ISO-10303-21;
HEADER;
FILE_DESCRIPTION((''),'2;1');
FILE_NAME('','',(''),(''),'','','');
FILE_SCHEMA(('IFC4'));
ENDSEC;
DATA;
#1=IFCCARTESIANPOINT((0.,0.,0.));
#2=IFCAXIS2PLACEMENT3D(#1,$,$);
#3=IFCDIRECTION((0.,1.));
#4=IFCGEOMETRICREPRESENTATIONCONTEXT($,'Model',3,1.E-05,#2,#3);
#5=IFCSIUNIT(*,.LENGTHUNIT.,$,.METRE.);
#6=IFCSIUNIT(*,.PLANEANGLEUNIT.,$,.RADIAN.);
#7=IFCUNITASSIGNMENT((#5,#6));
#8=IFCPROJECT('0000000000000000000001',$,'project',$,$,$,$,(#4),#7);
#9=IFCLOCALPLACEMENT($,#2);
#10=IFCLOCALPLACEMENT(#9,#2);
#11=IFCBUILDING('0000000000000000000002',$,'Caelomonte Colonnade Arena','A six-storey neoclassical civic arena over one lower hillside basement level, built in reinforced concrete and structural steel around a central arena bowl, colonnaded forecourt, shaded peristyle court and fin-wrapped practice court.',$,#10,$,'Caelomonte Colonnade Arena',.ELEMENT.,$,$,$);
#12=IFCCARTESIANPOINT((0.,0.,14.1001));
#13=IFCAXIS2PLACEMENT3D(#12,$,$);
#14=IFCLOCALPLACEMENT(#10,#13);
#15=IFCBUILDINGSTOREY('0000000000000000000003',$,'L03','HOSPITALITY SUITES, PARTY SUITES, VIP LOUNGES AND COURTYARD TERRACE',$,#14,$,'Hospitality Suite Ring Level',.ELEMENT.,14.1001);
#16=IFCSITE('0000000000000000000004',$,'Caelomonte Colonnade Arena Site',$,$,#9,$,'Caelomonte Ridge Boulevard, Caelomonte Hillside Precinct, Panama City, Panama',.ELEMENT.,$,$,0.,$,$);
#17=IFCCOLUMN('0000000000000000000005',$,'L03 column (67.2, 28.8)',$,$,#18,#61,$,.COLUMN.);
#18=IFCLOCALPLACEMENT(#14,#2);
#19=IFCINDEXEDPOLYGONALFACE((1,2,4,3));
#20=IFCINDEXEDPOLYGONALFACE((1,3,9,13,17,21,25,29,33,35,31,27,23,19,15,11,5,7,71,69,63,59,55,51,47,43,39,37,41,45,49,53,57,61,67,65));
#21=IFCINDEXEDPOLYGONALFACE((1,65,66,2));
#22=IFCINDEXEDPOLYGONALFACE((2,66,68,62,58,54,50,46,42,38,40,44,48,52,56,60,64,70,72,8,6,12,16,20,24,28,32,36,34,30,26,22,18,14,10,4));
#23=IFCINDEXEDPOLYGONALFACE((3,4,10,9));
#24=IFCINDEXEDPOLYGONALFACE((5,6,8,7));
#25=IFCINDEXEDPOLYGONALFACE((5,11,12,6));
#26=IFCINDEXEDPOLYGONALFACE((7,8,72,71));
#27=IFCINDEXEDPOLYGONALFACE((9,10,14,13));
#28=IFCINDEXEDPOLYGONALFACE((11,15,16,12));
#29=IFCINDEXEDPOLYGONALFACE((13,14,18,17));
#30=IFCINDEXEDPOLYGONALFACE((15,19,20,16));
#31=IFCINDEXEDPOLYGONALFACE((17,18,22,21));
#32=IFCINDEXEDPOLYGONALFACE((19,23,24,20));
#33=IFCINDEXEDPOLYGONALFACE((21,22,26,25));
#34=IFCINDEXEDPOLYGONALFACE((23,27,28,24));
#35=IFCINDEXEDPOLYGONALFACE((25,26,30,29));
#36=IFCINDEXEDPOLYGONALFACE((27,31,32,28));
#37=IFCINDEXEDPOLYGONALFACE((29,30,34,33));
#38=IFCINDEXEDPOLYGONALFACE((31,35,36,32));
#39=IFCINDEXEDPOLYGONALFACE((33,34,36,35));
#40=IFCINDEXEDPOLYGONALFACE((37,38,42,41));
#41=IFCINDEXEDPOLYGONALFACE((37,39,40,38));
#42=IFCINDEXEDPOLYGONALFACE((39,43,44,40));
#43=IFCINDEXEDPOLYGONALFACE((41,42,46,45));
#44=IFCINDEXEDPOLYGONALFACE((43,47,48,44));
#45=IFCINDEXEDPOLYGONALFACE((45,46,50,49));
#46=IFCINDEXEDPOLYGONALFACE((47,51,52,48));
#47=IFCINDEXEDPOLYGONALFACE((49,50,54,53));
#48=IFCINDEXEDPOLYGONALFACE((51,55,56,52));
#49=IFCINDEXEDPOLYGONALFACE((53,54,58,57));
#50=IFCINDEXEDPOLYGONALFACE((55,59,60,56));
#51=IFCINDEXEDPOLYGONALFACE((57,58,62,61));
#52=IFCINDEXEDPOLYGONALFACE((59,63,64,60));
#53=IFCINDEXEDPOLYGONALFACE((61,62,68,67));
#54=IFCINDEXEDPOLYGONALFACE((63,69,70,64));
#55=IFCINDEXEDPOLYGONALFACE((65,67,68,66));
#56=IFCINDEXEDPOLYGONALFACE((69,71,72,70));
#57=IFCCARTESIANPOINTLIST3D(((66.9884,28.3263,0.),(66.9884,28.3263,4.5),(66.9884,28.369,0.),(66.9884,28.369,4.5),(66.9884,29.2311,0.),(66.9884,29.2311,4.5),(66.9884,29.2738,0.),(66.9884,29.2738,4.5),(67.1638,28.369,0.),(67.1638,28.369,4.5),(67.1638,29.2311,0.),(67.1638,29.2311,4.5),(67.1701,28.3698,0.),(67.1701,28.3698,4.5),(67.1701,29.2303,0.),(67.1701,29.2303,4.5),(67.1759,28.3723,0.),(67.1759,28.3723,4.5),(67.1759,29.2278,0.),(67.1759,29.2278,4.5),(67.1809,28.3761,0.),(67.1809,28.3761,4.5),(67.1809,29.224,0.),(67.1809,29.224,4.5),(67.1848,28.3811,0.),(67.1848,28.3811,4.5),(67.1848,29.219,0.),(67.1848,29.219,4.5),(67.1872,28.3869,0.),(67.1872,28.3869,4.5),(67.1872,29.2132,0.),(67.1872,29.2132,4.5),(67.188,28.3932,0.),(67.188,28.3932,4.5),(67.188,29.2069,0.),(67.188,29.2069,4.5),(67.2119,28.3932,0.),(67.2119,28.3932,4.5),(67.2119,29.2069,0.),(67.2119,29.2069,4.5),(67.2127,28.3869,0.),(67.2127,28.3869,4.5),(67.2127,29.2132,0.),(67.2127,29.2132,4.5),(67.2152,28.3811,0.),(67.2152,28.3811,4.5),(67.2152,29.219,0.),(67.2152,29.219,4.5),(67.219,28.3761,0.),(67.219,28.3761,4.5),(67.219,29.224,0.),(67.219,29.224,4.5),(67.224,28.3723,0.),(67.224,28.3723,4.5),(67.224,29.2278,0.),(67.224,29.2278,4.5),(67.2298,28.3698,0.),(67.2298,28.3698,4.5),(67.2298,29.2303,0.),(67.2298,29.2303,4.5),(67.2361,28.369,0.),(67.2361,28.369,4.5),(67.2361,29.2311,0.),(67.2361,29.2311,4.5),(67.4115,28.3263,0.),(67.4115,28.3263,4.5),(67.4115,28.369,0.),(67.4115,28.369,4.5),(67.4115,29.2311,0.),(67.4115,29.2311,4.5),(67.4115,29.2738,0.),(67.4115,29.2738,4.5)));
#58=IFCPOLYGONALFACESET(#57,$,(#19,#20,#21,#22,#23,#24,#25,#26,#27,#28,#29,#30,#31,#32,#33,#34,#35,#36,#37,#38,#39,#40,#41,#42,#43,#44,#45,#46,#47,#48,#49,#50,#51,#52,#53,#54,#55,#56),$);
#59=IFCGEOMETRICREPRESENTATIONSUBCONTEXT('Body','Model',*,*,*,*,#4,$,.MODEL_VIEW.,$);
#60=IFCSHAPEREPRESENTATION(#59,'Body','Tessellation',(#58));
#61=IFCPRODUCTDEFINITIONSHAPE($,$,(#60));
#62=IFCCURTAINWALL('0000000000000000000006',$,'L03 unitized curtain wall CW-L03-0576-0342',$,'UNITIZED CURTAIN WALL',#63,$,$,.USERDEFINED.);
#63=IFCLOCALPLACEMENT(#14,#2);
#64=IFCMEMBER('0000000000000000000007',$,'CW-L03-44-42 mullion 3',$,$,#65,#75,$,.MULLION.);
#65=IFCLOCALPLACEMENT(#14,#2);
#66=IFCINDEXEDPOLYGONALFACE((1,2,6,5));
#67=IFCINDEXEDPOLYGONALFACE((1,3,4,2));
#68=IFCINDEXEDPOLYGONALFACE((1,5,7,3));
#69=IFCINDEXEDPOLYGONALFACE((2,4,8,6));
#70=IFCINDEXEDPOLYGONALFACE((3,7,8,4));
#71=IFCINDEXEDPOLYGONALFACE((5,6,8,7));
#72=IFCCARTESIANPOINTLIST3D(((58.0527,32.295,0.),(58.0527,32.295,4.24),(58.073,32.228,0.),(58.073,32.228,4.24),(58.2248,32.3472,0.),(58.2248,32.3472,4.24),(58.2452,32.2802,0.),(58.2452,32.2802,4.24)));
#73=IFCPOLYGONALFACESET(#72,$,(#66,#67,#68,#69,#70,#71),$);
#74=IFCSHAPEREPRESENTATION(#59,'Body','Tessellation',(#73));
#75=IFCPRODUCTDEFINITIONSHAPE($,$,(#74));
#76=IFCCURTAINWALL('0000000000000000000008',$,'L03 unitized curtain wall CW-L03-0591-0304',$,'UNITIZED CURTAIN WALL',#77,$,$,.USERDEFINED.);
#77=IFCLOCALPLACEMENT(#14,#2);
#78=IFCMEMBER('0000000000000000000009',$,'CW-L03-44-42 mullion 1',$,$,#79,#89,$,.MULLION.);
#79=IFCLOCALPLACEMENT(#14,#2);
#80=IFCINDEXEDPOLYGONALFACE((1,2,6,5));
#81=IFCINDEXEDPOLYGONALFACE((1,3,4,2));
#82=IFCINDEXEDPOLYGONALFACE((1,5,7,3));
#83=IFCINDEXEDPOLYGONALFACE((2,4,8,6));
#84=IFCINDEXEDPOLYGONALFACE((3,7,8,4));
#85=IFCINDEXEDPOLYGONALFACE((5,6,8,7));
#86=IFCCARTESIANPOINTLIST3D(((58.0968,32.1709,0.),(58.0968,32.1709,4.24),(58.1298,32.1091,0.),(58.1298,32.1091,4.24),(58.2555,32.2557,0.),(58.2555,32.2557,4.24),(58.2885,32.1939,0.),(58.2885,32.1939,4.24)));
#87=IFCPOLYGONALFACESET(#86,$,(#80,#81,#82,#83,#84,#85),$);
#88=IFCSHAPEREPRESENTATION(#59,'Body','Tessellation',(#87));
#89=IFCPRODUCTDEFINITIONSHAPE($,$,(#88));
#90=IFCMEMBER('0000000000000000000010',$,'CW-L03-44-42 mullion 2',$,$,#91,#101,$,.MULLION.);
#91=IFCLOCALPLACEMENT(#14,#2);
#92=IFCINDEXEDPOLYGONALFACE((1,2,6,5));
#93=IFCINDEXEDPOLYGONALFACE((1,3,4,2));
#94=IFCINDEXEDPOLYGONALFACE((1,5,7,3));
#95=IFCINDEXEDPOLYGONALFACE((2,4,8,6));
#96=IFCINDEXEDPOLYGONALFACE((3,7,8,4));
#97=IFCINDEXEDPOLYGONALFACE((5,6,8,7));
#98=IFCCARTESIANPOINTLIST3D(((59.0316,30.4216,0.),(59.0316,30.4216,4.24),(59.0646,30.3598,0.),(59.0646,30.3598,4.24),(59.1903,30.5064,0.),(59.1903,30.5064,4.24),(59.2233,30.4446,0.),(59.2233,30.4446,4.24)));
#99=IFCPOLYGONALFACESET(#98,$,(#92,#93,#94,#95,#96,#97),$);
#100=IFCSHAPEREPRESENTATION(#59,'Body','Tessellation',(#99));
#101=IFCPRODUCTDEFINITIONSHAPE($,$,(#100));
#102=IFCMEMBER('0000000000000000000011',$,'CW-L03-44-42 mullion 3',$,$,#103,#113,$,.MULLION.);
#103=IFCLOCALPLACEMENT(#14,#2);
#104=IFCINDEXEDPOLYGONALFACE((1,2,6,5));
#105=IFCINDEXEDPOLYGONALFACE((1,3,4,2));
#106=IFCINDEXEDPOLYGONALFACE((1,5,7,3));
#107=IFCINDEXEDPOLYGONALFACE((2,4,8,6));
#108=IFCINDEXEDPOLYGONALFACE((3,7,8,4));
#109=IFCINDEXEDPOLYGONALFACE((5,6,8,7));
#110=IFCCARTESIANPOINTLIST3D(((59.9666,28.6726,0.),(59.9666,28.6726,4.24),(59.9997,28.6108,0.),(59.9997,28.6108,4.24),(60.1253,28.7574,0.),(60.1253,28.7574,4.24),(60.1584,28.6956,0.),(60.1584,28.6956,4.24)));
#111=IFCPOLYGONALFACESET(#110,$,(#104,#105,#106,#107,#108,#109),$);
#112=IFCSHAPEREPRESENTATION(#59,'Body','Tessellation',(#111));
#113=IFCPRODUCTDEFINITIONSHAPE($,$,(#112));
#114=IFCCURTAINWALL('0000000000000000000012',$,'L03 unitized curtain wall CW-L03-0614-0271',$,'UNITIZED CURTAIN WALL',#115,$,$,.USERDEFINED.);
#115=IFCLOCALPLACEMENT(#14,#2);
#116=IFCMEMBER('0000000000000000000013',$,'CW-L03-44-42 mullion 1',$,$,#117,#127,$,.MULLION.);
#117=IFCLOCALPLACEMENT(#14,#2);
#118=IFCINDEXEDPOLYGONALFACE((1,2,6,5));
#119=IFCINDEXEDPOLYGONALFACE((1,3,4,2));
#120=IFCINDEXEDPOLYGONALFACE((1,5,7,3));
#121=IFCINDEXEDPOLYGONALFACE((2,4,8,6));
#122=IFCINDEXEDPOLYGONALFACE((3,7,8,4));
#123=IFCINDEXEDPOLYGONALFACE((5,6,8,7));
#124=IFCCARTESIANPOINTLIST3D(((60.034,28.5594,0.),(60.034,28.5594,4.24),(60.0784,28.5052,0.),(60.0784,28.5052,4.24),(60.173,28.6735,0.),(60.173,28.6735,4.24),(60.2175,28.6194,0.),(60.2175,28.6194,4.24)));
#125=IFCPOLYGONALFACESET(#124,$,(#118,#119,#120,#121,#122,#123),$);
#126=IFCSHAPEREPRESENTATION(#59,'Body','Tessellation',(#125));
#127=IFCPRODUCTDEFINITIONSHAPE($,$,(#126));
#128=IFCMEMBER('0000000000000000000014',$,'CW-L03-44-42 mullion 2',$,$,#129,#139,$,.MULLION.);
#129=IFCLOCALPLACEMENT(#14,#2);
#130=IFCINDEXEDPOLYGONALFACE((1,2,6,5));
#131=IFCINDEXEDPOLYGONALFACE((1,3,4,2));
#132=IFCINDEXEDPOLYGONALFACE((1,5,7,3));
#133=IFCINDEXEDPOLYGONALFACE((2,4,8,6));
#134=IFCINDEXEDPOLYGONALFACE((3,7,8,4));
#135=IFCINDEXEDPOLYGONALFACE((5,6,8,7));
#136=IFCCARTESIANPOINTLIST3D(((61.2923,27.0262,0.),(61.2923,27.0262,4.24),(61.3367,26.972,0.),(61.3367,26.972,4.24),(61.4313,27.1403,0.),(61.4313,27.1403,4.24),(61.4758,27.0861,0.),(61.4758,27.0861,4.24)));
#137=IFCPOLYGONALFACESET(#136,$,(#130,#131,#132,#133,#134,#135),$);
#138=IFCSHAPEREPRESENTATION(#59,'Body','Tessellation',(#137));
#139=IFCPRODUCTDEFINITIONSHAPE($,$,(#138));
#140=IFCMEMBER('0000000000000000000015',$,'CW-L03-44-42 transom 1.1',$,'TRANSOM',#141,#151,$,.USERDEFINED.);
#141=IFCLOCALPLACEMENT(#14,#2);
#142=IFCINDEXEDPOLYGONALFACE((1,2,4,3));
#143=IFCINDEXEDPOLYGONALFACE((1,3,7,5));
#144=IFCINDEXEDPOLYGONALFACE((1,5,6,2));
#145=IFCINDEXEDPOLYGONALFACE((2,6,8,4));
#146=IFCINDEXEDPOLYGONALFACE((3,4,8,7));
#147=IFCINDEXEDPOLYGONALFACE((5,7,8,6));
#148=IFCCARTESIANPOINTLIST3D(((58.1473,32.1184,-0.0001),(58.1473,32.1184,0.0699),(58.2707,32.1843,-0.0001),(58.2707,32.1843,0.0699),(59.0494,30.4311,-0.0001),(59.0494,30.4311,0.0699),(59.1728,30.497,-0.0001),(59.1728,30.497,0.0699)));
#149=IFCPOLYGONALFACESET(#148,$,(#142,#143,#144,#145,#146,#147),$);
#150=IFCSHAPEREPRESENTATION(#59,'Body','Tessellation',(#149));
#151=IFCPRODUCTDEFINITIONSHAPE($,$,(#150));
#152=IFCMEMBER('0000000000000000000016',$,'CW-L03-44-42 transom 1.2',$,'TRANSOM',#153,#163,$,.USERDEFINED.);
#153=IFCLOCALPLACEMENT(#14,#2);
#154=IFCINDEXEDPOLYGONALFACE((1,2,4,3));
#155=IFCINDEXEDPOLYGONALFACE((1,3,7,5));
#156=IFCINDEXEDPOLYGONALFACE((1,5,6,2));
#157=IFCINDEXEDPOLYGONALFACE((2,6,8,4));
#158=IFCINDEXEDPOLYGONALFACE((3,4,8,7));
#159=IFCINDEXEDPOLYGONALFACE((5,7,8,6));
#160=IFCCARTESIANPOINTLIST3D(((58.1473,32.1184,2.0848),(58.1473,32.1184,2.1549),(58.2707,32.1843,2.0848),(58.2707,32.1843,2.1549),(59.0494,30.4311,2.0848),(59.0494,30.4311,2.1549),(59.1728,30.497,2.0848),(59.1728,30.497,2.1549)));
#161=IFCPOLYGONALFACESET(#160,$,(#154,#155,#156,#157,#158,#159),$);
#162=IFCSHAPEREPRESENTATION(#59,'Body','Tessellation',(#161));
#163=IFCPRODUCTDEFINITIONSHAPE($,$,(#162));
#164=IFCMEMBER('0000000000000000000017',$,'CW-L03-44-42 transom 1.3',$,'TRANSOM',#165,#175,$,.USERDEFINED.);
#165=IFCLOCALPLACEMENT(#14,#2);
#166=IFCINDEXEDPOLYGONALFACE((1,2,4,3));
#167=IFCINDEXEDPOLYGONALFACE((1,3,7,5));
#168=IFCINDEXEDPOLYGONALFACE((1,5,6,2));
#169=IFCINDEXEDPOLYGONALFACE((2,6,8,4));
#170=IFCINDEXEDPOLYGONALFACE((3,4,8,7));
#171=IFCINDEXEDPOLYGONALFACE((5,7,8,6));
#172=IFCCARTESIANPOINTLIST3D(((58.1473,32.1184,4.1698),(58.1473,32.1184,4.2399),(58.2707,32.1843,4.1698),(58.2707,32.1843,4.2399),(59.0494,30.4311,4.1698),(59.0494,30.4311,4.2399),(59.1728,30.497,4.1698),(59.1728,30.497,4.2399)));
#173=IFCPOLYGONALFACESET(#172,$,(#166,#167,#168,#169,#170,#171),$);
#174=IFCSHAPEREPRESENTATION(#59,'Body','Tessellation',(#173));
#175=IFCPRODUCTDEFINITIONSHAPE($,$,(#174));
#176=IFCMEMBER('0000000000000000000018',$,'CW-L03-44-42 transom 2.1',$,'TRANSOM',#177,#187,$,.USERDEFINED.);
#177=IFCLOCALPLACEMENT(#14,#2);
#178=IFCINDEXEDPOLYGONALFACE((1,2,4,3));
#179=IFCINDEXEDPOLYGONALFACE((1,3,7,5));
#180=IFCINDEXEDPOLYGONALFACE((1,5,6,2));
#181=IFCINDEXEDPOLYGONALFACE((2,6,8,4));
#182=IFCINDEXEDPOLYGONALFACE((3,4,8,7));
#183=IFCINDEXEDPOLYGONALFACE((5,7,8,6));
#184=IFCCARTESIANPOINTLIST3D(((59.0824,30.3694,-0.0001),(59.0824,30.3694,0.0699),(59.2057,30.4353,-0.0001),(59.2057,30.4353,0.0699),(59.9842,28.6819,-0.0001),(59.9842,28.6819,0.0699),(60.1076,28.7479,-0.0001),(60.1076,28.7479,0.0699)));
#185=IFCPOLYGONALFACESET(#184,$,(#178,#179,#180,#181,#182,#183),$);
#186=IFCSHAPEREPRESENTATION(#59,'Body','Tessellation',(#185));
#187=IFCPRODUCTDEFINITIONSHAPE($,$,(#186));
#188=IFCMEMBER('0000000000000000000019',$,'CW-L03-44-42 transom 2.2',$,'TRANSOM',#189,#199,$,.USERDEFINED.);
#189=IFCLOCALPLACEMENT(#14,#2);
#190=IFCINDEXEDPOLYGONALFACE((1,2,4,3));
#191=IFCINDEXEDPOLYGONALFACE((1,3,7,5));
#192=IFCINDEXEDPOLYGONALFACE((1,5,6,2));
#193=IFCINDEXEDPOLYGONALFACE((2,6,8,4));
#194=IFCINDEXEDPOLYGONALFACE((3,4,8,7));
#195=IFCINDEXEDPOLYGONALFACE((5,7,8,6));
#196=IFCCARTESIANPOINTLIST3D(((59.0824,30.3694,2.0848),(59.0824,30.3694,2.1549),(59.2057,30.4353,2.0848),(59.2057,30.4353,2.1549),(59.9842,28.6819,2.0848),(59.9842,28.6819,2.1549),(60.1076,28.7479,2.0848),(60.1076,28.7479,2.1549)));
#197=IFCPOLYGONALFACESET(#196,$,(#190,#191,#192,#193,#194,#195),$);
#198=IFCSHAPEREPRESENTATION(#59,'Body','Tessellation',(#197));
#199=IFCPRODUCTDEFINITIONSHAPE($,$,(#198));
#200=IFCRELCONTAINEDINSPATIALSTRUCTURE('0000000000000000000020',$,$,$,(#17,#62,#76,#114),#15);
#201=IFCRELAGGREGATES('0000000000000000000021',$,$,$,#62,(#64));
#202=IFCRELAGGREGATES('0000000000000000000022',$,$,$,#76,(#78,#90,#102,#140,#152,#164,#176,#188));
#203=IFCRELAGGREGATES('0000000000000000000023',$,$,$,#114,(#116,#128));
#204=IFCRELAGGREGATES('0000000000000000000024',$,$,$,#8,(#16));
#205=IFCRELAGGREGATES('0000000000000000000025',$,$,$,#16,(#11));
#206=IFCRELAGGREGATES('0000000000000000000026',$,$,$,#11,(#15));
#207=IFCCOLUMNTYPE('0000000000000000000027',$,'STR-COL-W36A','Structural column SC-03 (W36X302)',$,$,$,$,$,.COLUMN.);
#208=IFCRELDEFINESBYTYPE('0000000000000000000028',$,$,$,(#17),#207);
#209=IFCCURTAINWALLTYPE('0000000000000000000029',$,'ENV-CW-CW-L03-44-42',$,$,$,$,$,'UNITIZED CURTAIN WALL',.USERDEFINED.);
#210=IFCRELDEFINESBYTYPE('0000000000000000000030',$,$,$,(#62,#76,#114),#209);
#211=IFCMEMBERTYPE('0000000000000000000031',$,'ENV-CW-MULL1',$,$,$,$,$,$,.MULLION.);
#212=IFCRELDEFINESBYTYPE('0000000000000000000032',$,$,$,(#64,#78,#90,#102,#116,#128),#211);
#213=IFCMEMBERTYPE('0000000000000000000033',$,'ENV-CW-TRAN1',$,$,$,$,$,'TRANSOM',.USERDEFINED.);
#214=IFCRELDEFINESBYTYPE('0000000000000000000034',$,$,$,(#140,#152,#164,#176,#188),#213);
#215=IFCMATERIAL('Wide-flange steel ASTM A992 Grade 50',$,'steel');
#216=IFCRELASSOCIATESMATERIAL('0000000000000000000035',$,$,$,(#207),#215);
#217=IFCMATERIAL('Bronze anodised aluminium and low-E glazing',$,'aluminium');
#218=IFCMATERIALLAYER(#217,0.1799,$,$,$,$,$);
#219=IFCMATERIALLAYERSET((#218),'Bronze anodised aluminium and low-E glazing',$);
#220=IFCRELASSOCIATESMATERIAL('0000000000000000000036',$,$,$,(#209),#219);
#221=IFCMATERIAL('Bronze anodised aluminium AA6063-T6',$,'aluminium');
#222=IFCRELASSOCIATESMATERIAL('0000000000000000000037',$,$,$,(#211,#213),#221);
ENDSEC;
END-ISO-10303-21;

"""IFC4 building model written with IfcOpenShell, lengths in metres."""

from ifc_helpers import new_model, si_unit, direction, frame, origin, origin_2d, place, context, subcontext, project, spatial, rectangle, i_section, extrude, material, layer, layer_set, material_profile, profile_set, type_object, element, aggregate, save


model = new_model("IFC4")

# Units and contexts
model_context = context("Model", 3, precision=1e-05, world=origin(), true_north=direction((0.0, 1.0)))
body_context = subcontext(model_context, "Body", "Model", "MODEL_VIEW")
ifc_project = project(units=[si_unit("LENGTHUNIT", "METRE"), si_unit("PLANEANGLEUNIT", "RADIAN")], contexts=[model_context])

# Site, building, storey
site_placement = place(None, origin())
site = spatial("IfcSite", under=ifc_project, at=site_placement, Name="Caelomonte Colonnade Arena Site", LongName="Caelomonte Ridge Boulevard, Caelomonte Hillside Precinct, Panama City, Panama", CompositionType="ELEMENT", RefElevation=0.0)
building_placement = place(site_placement, origin())
building = spatial("IfcBuilding", under=site, at=building_placement, Name="Caelomonte Colonnade Arena", Description="A six-storey neoclassical civic arena over one lower hillside basement level, built in reinforced concrete and structural steel around a central arena bowl, colonnaded forecourt, shaded peristyle court and fin-wrapped practice court.", LongName="Caelomonte Colonnade Arena", CompositionType="ELEMENT")
storey_placement = place(building_placement, frame((0.0, 0.0, 14.1001)))
storey = spatial("IfcBuildingStorey", under=building, at=storey_placement, Name="L03", Description="HOSPITALITY SUITES, PARTY SUITES, VIP LOUNGES AND COURTYARD TERRACE", LongName="Hospitality Suite Ring Level", CompositionType="ELEMENT", Elevation=14.1001)

# Column
ifc_material_1 = material(Name="Wide-flange steel ASTM A992 Grade 50", Category="steel")
ifc_material_profile_1 = material_profile(ifc_material_1, i_section(OverallWidth=0.4231, OverallDepth=0.9475, WebThickness=0.0239, FlangeThickness=0.0427, FilletRadius=0.0242, at=origin_2d()), Name="W36X302")
ifc_profile_set_1 = profile_set([ifc_material_profile_1], Name="Wide-flange steel ASTM A992 Grade 50")
column_type = type_object("IfcColumnType", Name="STR-COL-W36A", Description="Structural column SC-03 (W36X302)", PredefinedType="COLUMN", material=ifc_profile_set_1)
column_placement = place(storey_placement, frame((67.2, 28.8, 0.0), z_axis=(0.0, 0.0, 1.0), x_axis=(1.0, 0.0, 0.0)))
element("IfcColumn", 1, at=column_placement, inside=storey, type_object=column_type, Name="L03 column (67.2, 28.8)", PredefinedType="COLUMN", context=body_context, shape_type="SweptSolid", body=[
    extrude(i_section(OverallWidth=0.4231, OverallDepth=0.9475, WebThickness=0.0239, FlangeThickness=0.0427, FilletRadius=0.0242, at=origin_2d()), origin(), (0.0, 0.0, 1.0), 4.5),
])

# Curtain wall, member
ifc_material_2 = material(Name="Bronze anodised aluminium and low-E glazing", Category="aluminium")
ifc_layer_1 = layer(ifc_material_2, 0.1799)
ifc_layer_set_1 = layer_set([ifc_layer_1], Name="Bronze anodised aluminium and low-E glazing")
curtain_wall_type = type_object("IfcCurtainWallType", Name="ENV-CW-CW-L03-44-42", ElementType="UNITIZED CURTAIN WALL", PredefinedType="USERDEFINED", material=ifc_layer_set_1)
curtain_wall_1_placement = place(storey_placement, origin())
curtain_wall_1 = element("IfcCurtainWall", 2, at=curtain_wall_1_placement, inside=storey, type_object=curtain_wall_type, Name="L03 unitized curtain wall CW-L03-0576-0342", ObjectType="UNITIZED CURTAIN WALL", PredefinedType="USERDEFINED")
ifc_material_3 = material(Name="Bronze anodised aluminium AA6063-T6", Category="aluminium")
ifc_material_profile_2 = material_profile(ifc_material_3, rectangle(XDim=0.0701, YDim=0.1799, at=origin_2d()), Name="CWM-70X180")
ifc_profile_set_2 = profile_set([ifc_material_profile_2], Name="Bronze anodised aluminium AA6063-T6")
member_type_1 = type_object("IfcMemberType", Name="ENV-CW-MULL1", PredefinedType="MULLION", material=ifc_profile_set_2)
member_1_placement = place(storey_placement, frame((58.1489, 32.2876, 0.0), z_axis=(0.0, 0.0, 1.0), x_axis=(0.290256, -0.956949, 0.0)))
member_1 = element("IfcMember", 3, at=member_1_placement, type_object=member_type_1, Name="CW-L03-44-42 mullion 3", PredefinedType="MULLION", context=body_context, shape_type="SweptSolid", body=[
    extrude(rectangle(XDim=0.0701, YDim=0.1799, at=origin_2d()), origin(), (0.0, 0.0, 1.0), 4.24),
])
aggregate(curtain_wall_1, [member_1])

# Curtain walls, members
curtain_wall_2_placement = place(storey_placement, origin())
curtain_wall_2 = element("IfcCurtainWall", 4, at=curtain_wall_2_placement, inside=storey, type_object=curtain_wall_type, Name="L03 unitized curtain wall CW-L03-0591-0304", ObjectType="UNITIZED CURTAIN WALL", PredefinedType="USERDEFINED")
member_2_placement = place(storey_placement, frame((58.1926, 32.1824, 0.0), z_axis=(0.0, 0.0, 1.0), x_axis=(0.471394, -0.881923, 0.0)))
member_2 = element("IfcMember", 5, at=member_2_placement, type_object=member_type_1, Name="CW-L03-44-42 mullion 1", PredefinedType="MULLION", context=body_context, shape_type="SweptSolid", body=[
    extrude(rectangle(XDim=0.0701, YDim=0.1799, at=origin_2d()), origin(), (0.0, 0.0, 1.0), 4.24),
])
member_3_placement = place(storey_placement, frame((59.1274, 30.4331, 0.0), z_axis=(0.0, 0.0, 1.0), x_axis=(0.471394, -0.881923, 0.0)))
member_3 = element("IfcMember", 6, at=member_3_placement, type_object=member_type_1, Name="CW-L03-44-42 mullion 2", PredefinedType="MULLION", context=body_context, shape_type="SweptSolid", body=[
    extrude(rectangle(XDim=0.0701, YDim=0.1799, at=origin_2d()), origin(), (0.0, 0.0, 1.0), 4.24),
])
member_4_placement = place(storey_placement, frame((60.0625, 28.6841, 0.0), z_axis=(0.0, 0.0, 1.0), x_axis=(0.471394, -0.881923, 0.0)))
member_4 = element("IfcMember", 7, at=member_4_placement, type_object=member_type_1, Name="CW-L03-44-42 mullion 3", PredefinedType="MULLION", context=body_context, shape_type="SweptSolid", body=[
    extrude(rectangle(XDim=0.0701, YDim=0.1799, at=origin_2d()), origin(), (0.0, 0.0, 1.0), 4.24),
])
curtain_wall_3_placement = place(storey_placement, origin())
curtain_wall_3 = element("IfcCurtainWall", 8, at=curtain_wall_3_placement, inside=storey, type_object=curtain_wall_type, Name="L03 unitized curtain wall CW-L03-0614-0271", ObjectType="UNITIZED CURTAIN WALL", PredefinedType="USERDEFINED")
member_5_placement = place(storey_placement, frame((60.1257, 28.5894, 0.0), z_axis=(0.0, 0.0, 1.0), x_axis=(0.634416, -0.772992, 0.0)))
member_5 = element("IfcMember", 9, at=member_5_placement, type_object=member_type_1, Name="CW-L03-44-42 mullion 1", PredefinedType="MULLION", context=body_context, shape_type="SweptSolid", body=[
    extrude(rectangle(XDim=0.0701, YDim=0.1799, at=origin_2d()), origin(), (0.0, 0.0, 1.0), 4.24),
])
member_6_placement = place(storey_placement, frame((61.384, 27.0562, 0.0), z_axis=(0.0, 0.0, 1.0), x_axis=(0.634416, -0.772992, 0.0)))
member_6 = element("IfcMember", 10, at=member_6_placement, type_object=member_type_1, Name="CW-L03-44-42 mullion 2", PredefinedType="MULLION", context=body_context, shape_type="SweptSolid", body=[
    extrude(rectangle(XDim=0.0701, YDim=0.1799, at=origin_2d()), origin(), (0.0, 0.0, 1.0), 4.24),
])

# Members
ifc_material_profile_3 = material_profile(ifc_material_3, rectangle(XDim=0.0701, YDim=0.1399, at=origin_2d()), Name="CWT-70X140")
ifc_profile_set_3 = profile_set([ifc_material_profile_3], Name="Bronze anodised aluminium AA6063-T6")
member_type_2 = type_object("IfcMemberType", Name="ENV-CW-TRAN1", ElementType="TRANSOM", PredefinedType="USERDEFINED", material=ifc_profile_set_3)
member_7_placement = place(storey_placement, frame((58.209, 32.1514, 0.0349), z_axis=(0.471495, -0.881869, 0.0), x_axis=(0.0, 0.0, 1.0)))
member_7 = element("IfcMember", 11, at=member_7_placement, type_object=member_type_2, Name="CW-L03-44-42 transom 1.1", ObjectType="TRANSOM", PredefinedType="USERDEFINED", context=body_context, shape_type="SweptSolid", body=[
    extrude(rectangle(XDim=0.0701, YDim=0.1399, at=origin_2d()), origin(), (0.0, 0.0, 1.0), 1.9133),
])
member_8_placement = place(storey_placement, frame((58.209, 32.1514, 2.1199), z_axis=(0.471495, -0.881869, 0.0), x_axis=(0.0, 0.0, 1.0)))
member_8 = element("IfcMember", 12, at=member_8_placement, type_object=member_type_2, Name="CW-L03-44-42 transom 1.2", ObjectType="TRANSOM", PredefinedType="USERDEFINED", context=body_context, shape_type="SweptSolid", body=[
    extrude(rectangle(XDim=0.0701, YDim=0.1399, at=origin_2d()), origin(), (0.0, 0.0, 1.0), 1.9133),
])
member_9_placement = place(storey_placement, frame((58.209, 32.1514, 4.2048), z_axis=(0.471495, -0.881869, 0.0), x_axis=(0.0, 0.0, 1.0)))
member_9 = element("IfcMember", 13, at=member_9_placement, type_object=member_type_2, Name="CW-L03-44-42 transom 1.3", ObjectType="TRANSOM", PredefinedType="USERDEFINED", context=body_context, shape_type="SweptSolid", body=[
    extrude(rectangle(XDim=0.0701, YDim=0.1399, at=origin_2d()), origin(), (0.0, 0.0, 1.0), 1.9133),
])
member_10_placement = place(storey_placement, frame((59.144, 30.4023, 0.0349), z_axis=(0.471343, -0.88195, 0.0), x_axis=(0.0, 0.0, 1.0)))
member_10 = element("IfcMember", 14, at=member_10_placement, type_object=member_type_2, Name="CW-L03-44-42 transom 2.1", ObjectType="TRANSOM", PredefinedType="USERDEFINED", context=body_context, shape_type="SweptSolid", body=[
    extrude(rectangle(XDim=0.0701, YDim=0.1399, at=origin_2d()), origin(), (0.0, 0.0, 1.0), 1.9133),
])
member_11_placement = place(storey_placement, frame((59.144, 30.4023, 2.1199), z_axis=(0.471343, -0.88195, 0.0), x_axis=(0.0, 0.0, 1.0)))
member_11 = element("IfcMember", 15, at=member_11_placement, type_object=member_type_2, Name="CW-L03-44-42 transom 2.2", ObjectType="TRANSOM", PredefinedType="USERDEFINED", context=body_context, shape_type="SweptSolid", body=[
    extrude(rectangle(XDim=0.0701, YDim=0.1399, at=origin_2d()), origin(), (0.0, 0.0, 1.0), 1.9133),
])

aggregate(curtain_wall_2, [member_2, member_3, member_4, member_7, member_8, member_9, member_10, member_11])
aggregate(curtain_wall_3, [member_5, member_6])

save(model, "model.ifc")
